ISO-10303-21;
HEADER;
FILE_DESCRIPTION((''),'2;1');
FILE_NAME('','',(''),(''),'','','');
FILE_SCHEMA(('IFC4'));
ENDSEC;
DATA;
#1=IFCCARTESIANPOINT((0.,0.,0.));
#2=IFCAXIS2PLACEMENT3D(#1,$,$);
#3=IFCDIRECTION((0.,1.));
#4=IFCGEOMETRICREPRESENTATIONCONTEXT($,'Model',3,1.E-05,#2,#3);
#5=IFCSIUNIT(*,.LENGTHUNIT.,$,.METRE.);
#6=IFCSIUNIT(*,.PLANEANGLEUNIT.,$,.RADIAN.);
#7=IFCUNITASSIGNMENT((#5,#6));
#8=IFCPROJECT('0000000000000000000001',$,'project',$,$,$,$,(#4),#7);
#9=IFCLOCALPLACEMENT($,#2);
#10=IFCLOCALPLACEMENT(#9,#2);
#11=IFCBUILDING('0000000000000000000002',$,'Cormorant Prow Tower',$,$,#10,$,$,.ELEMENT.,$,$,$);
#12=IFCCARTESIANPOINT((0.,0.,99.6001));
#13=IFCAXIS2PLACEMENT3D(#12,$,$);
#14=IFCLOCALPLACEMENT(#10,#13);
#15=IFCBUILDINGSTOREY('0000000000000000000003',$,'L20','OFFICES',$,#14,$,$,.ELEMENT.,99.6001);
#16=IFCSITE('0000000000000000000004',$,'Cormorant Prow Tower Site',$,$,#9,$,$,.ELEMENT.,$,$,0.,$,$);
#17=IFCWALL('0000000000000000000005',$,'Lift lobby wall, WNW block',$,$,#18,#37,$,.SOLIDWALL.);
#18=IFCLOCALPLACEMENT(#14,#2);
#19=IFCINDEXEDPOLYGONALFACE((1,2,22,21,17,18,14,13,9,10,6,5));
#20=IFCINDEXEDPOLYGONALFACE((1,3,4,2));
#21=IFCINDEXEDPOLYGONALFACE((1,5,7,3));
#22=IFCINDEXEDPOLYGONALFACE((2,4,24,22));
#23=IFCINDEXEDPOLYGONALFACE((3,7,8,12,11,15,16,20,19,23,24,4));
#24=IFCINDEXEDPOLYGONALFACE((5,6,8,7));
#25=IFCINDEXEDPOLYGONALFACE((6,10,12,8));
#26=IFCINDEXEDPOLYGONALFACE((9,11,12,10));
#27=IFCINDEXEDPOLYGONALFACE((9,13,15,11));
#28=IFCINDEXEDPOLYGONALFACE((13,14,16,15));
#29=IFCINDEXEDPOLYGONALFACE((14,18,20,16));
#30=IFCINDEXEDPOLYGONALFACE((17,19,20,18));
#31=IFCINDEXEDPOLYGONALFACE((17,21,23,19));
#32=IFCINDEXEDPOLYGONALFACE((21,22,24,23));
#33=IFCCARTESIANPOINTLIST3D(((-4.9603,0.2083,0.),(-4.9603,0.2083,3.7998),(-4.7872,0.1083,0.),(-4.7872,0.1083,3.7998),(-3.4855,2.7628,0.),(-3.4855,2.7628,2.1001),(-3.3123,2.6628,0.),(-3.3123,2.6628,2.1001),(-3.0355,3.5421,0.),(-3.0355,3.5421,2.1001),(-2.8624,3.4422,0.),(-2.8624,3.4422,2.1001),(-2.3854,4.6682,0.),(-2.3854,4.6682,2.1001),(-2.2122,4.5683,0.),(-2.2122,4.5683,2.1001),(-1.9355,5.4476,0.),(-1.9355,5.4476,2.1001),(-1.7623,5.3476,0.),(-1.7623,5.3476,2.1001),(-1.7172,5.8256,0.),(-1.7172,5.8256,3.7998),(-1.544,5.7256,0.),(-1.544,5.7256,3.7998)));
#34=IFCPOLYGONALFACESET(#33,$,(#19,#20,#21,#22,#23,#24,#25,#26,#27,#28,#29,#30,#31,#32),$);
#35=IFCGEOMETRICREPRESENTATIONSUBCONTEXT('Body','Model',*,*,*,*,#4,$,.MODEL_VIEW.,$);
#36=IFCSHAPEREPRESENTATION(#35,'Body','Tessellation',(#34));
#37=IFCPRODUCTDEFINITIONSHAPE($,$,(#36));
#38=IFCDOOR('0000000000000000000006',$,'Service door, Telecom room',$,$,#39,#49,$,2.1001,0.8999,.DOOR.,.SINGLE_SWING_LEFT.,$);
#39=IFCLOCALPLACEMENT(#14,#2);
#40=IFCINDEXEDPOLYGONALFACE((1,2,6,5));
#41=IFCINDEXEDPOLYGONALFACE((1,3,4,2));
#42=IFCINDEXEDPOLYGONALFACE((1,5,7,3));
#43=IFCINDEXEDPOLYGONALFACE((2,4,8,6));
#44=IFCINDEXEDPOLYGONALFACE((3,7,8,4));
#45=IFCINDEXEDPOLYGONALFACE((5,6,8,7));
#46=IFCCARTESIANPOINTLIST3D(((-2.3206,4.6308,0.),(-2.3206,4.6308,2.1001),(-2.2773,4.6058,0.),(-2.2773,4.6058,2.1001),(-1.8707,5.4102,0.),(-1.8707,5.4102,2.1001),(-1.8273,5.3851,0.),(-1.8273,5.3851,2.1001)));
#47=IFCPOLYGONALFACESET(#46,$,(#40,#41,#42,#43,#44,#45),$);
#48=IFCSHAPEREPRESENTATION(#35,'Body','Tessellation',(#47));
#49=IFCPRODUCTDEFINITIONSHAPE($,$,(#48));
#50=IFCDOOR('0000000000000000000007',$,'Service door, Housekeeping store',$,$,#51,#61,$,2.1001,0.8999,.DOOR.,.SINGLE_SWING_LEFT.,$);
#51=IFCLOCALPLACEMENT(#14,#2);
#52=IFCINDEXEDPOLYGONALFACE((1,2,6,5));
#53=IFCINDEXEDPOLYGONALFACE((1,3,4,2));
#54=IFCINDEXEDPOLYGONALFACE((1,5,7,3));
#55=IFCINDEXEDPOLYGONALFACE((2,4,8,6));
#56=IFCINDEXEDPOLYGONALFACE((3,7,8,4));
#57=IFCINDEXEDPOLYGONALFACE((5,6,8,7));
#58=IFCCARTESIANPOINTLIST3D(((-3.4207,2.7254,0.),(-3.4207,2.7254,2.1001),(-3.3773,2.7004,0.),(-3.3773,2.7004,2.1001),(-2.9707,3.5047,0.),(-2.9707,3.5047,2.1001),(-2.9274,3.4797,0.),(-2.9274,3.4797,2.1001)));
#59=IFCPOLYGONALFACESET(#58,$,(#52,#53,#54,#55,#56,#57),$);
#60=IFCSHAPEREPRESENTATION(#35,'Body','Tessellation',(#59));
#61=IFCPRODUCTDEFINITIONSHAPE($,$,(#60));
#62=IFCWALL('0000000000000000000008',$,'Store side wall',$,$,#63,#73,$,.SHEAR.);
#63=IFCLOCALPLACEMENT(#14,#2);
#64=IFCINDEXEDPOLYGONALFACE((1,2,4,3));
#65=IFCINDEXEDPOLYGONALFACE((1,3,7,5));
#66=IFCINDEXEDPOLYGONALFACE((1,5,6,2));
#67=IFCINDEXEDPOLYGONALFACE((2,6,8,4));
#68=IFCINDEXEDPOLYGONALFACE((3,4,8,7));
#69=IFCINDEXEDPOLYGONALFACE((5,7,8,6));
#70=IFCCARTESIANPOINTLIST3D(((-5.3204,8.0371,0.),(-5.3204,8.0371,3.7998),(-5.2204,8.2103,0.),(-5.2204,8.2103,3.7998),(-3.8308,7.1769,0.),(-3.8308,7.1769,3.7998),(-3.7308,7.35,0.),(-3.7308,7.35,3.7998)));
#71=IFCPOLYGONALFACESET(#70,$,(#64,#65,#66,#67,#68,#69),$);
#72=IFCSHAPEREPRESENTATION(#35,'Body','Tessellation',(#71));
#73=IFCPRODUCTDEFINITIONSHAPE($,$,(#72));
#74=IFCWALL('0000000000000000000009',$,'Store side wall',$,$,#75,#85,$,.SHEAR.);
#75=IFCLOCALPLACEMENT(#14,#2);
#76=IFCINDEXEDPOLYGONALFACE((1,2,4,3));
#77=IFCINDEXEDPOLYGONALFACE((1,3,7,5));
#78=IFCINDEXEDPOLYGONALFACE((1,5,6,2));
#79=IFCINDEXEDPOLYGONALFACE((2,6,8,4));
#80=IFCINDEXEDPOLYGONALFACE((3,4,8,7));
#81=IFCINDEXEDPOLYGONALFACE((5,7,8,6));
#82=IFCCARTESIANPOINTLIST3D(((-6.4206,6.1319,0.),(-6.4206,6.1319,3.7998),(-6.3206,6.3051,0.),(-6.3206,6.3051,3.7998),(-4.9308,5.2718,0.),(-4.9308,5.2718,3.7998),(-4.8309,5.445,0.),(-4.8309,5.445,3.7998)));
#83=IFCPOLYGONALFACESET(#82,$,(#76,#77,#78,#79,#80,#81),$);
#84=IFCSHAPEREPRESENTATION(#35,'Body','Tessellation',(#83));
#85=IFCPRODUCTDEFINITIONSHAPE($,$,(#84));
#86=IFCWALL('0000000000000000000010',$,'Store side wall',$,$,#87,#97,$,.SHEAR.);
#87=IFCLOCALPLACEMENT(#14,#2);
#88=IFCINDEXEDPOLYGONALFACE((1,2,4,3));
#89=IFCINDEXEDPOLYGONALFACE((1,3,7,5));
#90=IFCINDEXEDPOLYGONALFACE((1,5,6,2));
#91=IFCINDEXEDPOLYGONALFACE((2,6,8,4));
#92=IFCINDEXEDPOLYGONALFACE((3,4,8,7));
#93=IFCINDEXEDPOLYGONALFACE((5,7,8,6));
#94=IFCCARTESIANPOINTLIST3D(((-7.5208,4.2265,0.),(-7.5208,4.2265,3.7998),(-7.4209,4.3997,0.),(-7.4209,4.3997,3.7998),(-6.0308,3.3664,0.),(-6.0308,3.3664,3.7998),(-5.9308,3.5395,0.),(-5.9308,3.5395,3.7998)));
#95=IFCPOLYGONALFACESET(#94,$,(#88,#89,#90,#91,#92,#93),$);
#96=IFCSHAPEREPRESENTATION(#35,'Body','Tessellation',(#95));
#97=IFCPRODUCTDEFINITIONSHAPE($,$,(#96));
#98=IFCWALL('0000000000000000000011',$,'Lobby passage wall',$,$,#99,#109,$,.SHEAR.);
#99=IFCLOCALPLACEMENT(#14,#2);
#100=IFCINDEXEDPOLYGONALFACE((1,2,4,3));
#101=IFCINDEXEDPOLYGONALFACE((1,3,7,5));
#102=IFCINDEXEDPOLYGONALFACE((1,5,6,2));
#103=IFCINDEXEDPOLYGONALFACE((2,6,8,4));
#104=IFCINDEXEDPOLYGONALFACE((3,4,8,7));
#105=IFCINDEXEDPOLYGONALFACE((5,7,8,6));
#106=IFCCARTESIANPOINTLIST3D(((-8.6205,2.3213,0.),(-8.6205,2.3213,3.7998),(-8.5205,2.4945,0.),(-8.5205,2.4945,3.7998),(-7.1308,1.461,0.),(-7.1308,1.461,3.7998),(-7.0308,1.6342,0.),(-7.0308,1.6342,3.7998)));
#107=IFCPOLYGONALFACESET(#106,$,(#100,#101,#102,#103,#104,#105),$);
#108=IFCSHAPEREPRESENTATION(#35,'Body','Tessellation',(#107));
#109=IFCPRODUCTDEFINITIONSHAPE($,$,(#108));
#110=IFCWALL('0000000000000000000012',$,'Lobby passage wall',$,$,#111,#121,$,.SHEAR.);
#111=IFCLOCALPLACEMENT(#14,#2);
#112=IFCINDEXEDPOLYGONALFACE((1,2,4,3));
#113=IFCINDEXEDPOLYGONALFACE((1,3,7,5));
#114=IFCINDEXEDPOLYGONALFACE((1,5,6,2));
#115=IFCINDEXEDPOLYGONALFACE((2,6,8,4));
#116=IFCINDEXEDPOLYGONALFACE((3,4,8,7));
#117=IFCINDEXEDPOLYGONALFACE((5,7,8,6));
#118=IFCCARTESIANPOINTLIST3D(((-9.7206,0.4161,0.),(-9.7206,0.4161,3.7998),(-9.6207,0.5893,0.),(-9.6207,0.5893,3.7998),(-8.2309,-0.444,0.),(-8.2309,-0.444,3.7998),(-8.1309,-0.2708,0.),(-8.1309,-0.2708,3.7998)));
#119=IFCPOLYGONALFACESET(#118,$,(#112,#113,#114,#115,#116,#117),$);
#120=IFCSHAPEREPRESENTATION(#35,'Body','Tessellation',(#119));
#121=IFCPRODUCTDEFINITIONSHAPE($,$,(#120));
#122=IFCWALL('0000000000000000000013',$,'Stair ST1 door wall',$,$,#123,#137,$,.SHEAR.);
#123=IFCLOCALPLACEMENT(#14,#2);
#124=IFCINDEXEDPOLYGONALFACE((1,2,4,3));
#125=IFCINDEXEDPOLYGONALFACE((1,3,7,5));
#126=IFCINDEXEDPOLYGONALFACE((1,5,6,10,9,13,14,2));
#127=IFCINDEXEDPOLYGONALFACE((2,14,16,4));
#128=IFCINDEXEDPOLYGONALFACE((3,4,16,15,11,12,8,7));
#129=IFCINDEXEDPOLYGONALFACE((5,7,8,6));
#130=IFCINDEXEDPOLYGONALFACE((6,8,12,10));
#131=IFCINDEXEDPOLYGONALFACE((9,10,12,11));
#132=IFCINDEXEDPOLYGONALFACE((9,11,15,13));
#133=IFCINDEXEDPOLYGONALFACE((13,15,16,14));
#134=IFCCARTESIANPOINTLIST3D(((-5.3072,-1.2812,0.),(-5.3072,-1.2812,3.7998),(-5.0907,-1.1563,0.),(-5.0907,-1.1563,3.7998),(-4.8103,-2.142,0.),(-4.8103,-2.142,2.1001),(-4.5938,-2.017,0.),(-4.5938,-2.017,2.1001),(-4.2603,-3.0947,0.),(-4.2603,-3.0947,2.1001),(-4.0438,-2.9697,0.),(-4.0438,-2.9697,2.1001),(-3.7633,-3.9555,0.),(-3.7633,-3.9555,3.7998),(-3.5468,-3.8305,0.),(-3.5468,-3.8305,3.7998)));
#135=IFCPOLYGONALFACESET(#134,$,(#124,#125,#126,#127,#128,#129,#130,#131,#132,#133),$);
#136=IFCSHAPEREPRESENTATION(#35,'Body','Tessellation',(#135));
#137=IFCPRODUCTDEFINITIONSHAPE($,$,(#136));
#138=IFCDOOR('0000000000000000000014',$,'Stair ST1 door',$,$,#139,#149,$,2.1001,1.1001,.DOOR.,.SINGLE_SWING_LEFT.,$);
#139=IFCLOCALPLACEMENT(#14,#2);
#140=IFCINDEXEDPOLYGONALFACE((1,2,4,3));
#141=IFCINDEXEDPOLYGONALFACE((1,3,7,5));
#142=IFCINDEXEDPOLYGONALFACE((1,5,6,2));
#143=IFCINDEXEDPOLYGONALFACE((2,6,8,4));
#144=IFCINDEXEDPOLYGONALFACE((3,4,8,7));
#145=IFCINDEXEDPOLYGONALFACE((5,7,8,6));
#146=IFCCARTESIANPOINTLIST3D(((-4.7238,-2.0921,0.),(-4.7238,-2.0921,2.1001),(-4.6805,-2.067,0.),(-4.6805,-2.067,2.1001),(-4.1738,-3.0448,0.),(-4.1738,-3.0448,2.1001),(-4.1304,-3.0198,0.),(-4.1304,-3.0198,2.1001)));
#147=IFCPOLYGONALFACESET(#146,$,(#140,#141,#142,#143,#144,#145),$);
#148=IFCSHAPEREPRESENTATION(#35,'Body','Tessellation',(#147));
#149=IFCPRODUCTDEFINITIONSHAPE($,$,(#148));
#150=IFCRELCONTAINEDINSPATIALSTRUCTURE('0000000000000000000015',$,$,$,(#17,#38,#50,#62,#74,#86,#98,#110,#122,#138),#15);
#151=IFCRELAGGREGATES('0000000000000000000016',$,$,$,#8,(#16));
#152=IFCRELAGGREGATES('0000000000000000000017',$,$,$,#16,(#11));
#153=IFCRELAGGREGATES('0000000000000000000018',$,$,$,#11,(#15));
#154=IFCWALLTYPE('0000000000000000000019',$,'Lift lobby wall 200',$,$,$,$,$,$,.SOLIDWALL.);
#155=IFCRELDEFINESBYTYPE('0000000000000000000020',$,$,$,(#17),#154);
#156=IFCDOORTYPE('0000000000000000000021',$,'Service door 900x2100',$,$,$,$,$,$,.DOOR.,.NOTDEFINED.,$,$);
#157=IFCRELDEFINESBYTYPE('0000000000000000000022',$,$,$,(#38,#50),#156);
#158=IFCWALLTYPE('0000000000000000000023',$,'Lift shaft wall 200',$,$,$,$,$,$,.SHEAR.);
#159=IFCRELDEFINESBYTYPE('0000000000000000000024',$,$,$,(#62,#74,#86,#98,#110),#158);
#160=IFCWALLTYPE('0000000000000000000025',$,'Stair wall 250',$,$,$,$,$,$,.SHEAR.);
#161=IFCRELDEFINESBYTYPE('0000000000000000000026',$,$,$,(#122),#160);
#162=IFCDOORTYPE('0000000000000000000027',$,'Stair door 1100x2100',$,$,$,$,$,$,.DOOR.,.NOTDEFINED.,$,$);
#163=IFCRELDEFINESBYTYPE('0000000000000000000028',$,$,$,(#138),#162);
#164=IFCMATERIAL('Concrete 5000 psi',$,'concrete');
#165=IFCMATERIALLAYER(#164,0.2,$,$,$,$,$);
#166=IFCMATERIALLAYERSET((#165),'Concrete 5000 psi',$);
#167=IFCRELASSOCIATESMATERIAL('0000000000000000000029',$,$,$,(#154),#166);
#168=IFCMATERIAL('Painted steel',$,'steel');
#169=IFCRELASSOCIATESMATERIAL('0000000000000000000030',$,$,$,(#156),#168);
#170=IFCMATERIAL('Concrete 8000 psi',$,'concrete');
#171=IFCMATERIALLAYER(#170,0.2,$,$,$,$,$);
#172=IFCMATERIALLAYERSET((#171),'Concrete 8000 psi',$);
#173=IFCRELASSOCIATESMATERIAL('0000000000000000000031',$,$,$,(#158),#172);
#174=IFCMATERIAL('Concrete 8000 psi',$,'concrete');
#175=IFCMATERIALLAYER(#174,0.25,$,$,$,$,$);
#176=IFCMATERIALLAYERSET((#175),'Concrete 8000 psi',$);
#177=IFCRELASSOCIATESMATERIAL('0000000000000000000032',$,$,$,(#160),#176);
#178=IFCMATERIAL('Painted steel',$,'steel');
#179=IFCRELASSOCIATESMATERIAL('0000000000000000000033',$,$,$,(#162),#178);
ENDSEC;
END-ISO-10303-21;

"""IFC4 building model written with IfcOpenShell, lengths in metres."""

from ifc_helpers import new_model, si_unit, direction, frame, frame_2d, origin, place, context, subcontext, project, spatial, rectangle, extrude, material, layer, layer_set, type_object, element, fill, save


model = new_model("IFC4")

# Units and contexts
model_context = context("Model", 3, precision=1e-05, world=origin(), true_north=direction((0.0, 1.0)))
body_context = subcontext(model_context, "Body", "Model", "MODEL_VIEW")
ifc_project = project(units=[si_unit("LENGTHUNIT", "METRE"), si_unit("PLANEANGLEUNIT", "RADIAN")], contexts=[model_context])

# Site, building, storey
site_placement = place(None, origin())
site = spatial("IfcSite", under=ifc_project, at=site_placement, Name="Cormorant Prow Tower Site", CompositionType="ELEMENT", RefElevation=0.0)
building_placement = place(site_placement, origin())
building = spatial("IfcBuilding", under=site, at=building_placement, Name="Cormorant Prow Tower", CompositionType="ELEMENT")
storey_placement = place(building_placement, frame((0.0, 0.0, 99.6001)))
storey = spatial("IfcBuildingStorey", under=building, at=storey_placement, Name="L20", Description="OFFICES", CompositionType="ELEMENT", Elevation=99.6001)

# Wall, openings, doors
ifc_material_1 = material(Name="Concrete 5000 psi", Category="concrete")
ifc_layer_1 = layer(ifc_material_1, 0.2)
ifc_layer_set_1 = layer_set([ifc_layer_1], Name="Concrete 5000 psi")
wall_type_1 = type_object("IfcWallType", Name="Lift lobby wall 200", PredefinedType="SOLIDWALL", material=ifc_layer_set_1)
wall_1_placement = place(storey_placement, frame((-1.6306, 5.7756, 0.0), z_axis=(0.0, 0.0, 1.0), x_axis=(-0.499993, -0.86603, 0.0)))
wall_1 = element("IfcWall", 1, at=wall_1_placement, inside=storey, type_object=wall_type_1, Name="Lift lobby wall, WNW block", PredefinedType="SOLIDWALL", context=body_context, shape_type="SweptSolid", body=[
    extrude(rectangle(XDim=6.4863, YDim=0.2, at=frame_2d((3.2432, 0.0))), origin(), (0.0, 0.0, 1.0), 3.7998),
])
opening_1_placement = place(wall_1_placement, frame((0.4365, 0.0, 0.0)))
opening_1 = element("IfcOpeningElement", 2, at=opening_1_placement, cuts=wall_1, PredefinedType="OPENING", context=body_context, shape_type="SweptSolid", body=[
    extrude(rectangle(XDim=0.8999, YDim=2.1001, at=frame_2d((0.45, 1.05))), frame((0.0, 0.1099, 0.0), z_axis=(0.0, -1.0, 0.0), x_axis=(1.0, 0.0, 0.0)), (0.0, 0.0, 1.0), 0.22),
])
opening_2_placement = place(wall_1_placement, frame((2.6367, 0.0, 0.0)))
opening_2 = element("IfcOpeningElement", 3, at=opening_2_placement, cuts=wall_1, PredefinedType="OPENING", context=body_context, shape_type="SweptSolid", body=[
    extrude(rectangle(XDim=0.8999, YDim=2.1001, at=frame_2d((0.45, 1.05))), frame((0.0, 0.1099, 0.0), z_axis=(0.0, -1.0, 0.0), x_axis=(1.0, 0.0, 0.0)), (0.0, 0.0, 1.0), 0.22),
])
ifc_material_2 = material(Name="Painted steel", Category="steel")
door_type_1 = type_object("IfcDoorType", Name="Service door 900x2100", OperationType="NOTDEFINED", PredefinedType="DOOR", material=ifc_material_2)
door_1_placement = place(opening_1_placement, origin())
door_1 = element("IfcDoor", 4, at=door_1_placement, inside=storey, type_object=door_type_1, Name="Service door, Telecom room", OperationType="SINGLE_SWING_LEFT", OverallHeight=2.1001, OverallWidth=0.8999, PredefinedType="DOOR", context=body_context, shape_type="SweptSolid", body=[
    extrude(rectangle(XDim=0.8999, YDim=2.1001, at=frame_2d((0.45, 1.05))), frame((0.0, 0.0249, 0.0), z_axis=(0.0, -1.0, 0.0), x_axis=(1.0, 0.0, 0.0)), (0.0, 0.0, 1.0), 0.05),
])
fill(opening_1, door_1)
door_2_placement = place(opening_2_placement, origin())
door_2 = element("IfcDoor", 5, at=door_2_placement, inside=storey, type_object=door_type_1, Name="Service door, Housekeeping store", OperationType="SINGLE_SWING_LEFT", OverallHeight=2.1001, OverallWidth=0.8999, PredefinedType="DOOR", context=body_context, shape_type="SweptSolid", body=[
    extrude(rectangle(XDim=0.8999, YDim=2.1001, at=frame_2d((0.45, 1.05))), frame((0.0, 0.0249, 0.0), z_axis=(0.0, -1.0, 0.0), x_axis=(1.0, 0.0, 0.0)), (0.0, 0.0, 1.0), 0.05),
])
fill(opening_2, door_2)

# Walls
ifc_material_3 = material(Name="Concrete 8000 psi", Category="concrete")
ifc_layer_2 = layer(ifc_material_3, 0.2)
ifc_layer_set_2 = layer_set([ifc_layer_2], Name="Concrete 8000 psi")
wall_type_2 = type_object("IfcWallType", Name="Lift shaft wall 200", PredefinedType="SHEAR", material=ifc_layer_set_2)
for number, where, z_axis, x_axis, name in (
    (6, (-3.7808, 7.2634, 0.0), (0.0, 0.0, 1.0), (-0.865963, 0.500107, 0.0), "Store side wall"),
    (7, (-4.8809, 5.3584, 0.0), (0.0, 0.0, 1.0), (-0.866025, 0.500001, 0.0), "Store side wall"),
):
    element("IfcWall", number, at=place(storey_placement, frame(where, z_axis=z_axis, x_axis=x_axis)), inside=storey, type_object=wall_type_2, Name=name, PredefinedType="SHEAR", context=body_context, shape_type="SweptSolid", body=[
        extrude(rectangle(XDim=1.7202, YDim=0.2, at=frame_2d((0.8601, 0.0))), origin(), (0.0, 0.0, 1.0), 3.7998),
    ])
wall_2_placement = place(storey_placement, frame((-5.9807, 3.4529, 0.0), z_axis=(0.0, 0.0, 1.0), x_axis=(-0.86606, 0.499939, 0.0)))
element("IfcWall", 8, at=wall_2_placement, inside=storey, type_object=wall_type_2, Name="Store side wall", PredefinedType="SHEAR", context=body_context, shape_type="SweptSolid", body=[
    extrude(rectangle(XDim=1.7205, YDim=0.2, at=frame_2d((0.8604, 0.0))), origin(), (0.0, 0.0, 1.0), 3.7998),
])
for number, where, z_axis, x_axis, name in (
    (9, (-7.0808, 1.5476, 0.0), (0.0, 0.0, 1.0), (-0.865963, 0.500107, 0.0), "Lobby passage wall"),
    (10, (-8.1809, -0.3574, 0.0), (0.0, 0.0, 1.0), (-0.866025, 0.500001, 0.0), "Lobby passage wall"),
):
    element("IfcWall", number, at=place(storey_placement, frame(where, z_axis=z_axis, x_axis=x_axis)), inside=storey, type_object=wall_type_2, Name=name, PredefinedType="SHEAR", context=body_context, shape_type="SweptSolid", body=[
        extrude(rectangle(XDim=1.7202, YDim=0.2, at=frame_2d((0.8601, 0.0))), origin(), (0.0, 0.0, 1.0), 3.7998),
    ])

# Wall, opening, door
ifc_material_4 = material(Name="Concrete 8000 psi", Category="concrete")
ifc_layer_3 = layer(ifc_material_4, 0.25)
ifc_layer_set_3 = layer_set([ifc_layer_3], Name="Concrete 8000 psi")
wall_type_3 = type_object("IfcWallType", Name="Stair wall 250", PredefinedType="SHEAR", material=ifc_layer_set_3)
wall_3_placement = place(storey_placement, frame((-5.199, -1.2188, 0.0), z_axis=(0.0, 0.0, 1.0), x_axis=(0.499983, -0.866035, 0.0)))
wall_3 = element("IfcWall", 11, at=wall_3_placement, inside=storey, type_object=wall_type_3, Name="Stair ST1 door wall", PredefinedType="SHEAR", context=body_context, shape_type="SweptSolid", body=[
    extrude(rectangle(XDim=3.0879, YDim=0.25, at=frame_2d((1.5439, 0.0))), origin(), (0.0, 0.0, 1.0), 3.7998),
])
opening_3_placement = place(wall_3_placement, frame((0.9939, 0.0, 0.0)))
opening_3 = element("IfcOpeningElement", 12, at=opening_3_placement, cuts=wall_3, PredefinedType="OPENING", context=body_context, shape_type="SweptSolid", body=[
    extrude(rectangle(XDim=1.1001, YDim=2.1001, at=frame_2d((0.55, 1.05))), frame((0.0, 0.135, 0.0), z_axis=(0.0, -1.0, 0.0), x_axis=(1.0, 0.0, 0.0)), (0.0, 0.0, 1.0), 0.27),
])
ifc_material_5 = material(Name="Painted steel", Category="steel")
door_type_2 = type_object("IfcDoorType", Name="Stair door 1100x2100", OperationType="NOTDEFINED", PredefinedType="DOOR", material=ifc_material_5)
door_3_placement = place(opening_3_placement, origin())
door_3 = element("IfcDoor", 13, at=door_3_placement, inside=storey, type_object=door_type_2, Name="Stair ST1 door", OperationType="SINGLE_SWING_LEFT", OverallHeight=2.1001, OverallWidth=1.1001, PredefinedType="DOOR", context=body_context, shape_type="SweptSolid", body=[
    extrude(rectangle(XDim=1.1001, YDim=2.1001, at=frame_2d((0.55, 1.05))), frame((0.0, 0.0249, 0.0), z_axis=(0.0, -1.0, 0.0), x_axis=(1.0, 0.0, 0.0)), (0.0, 0.0, 1.0), 0.05),
])
fill(opening_3, door_3)

save(model, "model.ifc")
